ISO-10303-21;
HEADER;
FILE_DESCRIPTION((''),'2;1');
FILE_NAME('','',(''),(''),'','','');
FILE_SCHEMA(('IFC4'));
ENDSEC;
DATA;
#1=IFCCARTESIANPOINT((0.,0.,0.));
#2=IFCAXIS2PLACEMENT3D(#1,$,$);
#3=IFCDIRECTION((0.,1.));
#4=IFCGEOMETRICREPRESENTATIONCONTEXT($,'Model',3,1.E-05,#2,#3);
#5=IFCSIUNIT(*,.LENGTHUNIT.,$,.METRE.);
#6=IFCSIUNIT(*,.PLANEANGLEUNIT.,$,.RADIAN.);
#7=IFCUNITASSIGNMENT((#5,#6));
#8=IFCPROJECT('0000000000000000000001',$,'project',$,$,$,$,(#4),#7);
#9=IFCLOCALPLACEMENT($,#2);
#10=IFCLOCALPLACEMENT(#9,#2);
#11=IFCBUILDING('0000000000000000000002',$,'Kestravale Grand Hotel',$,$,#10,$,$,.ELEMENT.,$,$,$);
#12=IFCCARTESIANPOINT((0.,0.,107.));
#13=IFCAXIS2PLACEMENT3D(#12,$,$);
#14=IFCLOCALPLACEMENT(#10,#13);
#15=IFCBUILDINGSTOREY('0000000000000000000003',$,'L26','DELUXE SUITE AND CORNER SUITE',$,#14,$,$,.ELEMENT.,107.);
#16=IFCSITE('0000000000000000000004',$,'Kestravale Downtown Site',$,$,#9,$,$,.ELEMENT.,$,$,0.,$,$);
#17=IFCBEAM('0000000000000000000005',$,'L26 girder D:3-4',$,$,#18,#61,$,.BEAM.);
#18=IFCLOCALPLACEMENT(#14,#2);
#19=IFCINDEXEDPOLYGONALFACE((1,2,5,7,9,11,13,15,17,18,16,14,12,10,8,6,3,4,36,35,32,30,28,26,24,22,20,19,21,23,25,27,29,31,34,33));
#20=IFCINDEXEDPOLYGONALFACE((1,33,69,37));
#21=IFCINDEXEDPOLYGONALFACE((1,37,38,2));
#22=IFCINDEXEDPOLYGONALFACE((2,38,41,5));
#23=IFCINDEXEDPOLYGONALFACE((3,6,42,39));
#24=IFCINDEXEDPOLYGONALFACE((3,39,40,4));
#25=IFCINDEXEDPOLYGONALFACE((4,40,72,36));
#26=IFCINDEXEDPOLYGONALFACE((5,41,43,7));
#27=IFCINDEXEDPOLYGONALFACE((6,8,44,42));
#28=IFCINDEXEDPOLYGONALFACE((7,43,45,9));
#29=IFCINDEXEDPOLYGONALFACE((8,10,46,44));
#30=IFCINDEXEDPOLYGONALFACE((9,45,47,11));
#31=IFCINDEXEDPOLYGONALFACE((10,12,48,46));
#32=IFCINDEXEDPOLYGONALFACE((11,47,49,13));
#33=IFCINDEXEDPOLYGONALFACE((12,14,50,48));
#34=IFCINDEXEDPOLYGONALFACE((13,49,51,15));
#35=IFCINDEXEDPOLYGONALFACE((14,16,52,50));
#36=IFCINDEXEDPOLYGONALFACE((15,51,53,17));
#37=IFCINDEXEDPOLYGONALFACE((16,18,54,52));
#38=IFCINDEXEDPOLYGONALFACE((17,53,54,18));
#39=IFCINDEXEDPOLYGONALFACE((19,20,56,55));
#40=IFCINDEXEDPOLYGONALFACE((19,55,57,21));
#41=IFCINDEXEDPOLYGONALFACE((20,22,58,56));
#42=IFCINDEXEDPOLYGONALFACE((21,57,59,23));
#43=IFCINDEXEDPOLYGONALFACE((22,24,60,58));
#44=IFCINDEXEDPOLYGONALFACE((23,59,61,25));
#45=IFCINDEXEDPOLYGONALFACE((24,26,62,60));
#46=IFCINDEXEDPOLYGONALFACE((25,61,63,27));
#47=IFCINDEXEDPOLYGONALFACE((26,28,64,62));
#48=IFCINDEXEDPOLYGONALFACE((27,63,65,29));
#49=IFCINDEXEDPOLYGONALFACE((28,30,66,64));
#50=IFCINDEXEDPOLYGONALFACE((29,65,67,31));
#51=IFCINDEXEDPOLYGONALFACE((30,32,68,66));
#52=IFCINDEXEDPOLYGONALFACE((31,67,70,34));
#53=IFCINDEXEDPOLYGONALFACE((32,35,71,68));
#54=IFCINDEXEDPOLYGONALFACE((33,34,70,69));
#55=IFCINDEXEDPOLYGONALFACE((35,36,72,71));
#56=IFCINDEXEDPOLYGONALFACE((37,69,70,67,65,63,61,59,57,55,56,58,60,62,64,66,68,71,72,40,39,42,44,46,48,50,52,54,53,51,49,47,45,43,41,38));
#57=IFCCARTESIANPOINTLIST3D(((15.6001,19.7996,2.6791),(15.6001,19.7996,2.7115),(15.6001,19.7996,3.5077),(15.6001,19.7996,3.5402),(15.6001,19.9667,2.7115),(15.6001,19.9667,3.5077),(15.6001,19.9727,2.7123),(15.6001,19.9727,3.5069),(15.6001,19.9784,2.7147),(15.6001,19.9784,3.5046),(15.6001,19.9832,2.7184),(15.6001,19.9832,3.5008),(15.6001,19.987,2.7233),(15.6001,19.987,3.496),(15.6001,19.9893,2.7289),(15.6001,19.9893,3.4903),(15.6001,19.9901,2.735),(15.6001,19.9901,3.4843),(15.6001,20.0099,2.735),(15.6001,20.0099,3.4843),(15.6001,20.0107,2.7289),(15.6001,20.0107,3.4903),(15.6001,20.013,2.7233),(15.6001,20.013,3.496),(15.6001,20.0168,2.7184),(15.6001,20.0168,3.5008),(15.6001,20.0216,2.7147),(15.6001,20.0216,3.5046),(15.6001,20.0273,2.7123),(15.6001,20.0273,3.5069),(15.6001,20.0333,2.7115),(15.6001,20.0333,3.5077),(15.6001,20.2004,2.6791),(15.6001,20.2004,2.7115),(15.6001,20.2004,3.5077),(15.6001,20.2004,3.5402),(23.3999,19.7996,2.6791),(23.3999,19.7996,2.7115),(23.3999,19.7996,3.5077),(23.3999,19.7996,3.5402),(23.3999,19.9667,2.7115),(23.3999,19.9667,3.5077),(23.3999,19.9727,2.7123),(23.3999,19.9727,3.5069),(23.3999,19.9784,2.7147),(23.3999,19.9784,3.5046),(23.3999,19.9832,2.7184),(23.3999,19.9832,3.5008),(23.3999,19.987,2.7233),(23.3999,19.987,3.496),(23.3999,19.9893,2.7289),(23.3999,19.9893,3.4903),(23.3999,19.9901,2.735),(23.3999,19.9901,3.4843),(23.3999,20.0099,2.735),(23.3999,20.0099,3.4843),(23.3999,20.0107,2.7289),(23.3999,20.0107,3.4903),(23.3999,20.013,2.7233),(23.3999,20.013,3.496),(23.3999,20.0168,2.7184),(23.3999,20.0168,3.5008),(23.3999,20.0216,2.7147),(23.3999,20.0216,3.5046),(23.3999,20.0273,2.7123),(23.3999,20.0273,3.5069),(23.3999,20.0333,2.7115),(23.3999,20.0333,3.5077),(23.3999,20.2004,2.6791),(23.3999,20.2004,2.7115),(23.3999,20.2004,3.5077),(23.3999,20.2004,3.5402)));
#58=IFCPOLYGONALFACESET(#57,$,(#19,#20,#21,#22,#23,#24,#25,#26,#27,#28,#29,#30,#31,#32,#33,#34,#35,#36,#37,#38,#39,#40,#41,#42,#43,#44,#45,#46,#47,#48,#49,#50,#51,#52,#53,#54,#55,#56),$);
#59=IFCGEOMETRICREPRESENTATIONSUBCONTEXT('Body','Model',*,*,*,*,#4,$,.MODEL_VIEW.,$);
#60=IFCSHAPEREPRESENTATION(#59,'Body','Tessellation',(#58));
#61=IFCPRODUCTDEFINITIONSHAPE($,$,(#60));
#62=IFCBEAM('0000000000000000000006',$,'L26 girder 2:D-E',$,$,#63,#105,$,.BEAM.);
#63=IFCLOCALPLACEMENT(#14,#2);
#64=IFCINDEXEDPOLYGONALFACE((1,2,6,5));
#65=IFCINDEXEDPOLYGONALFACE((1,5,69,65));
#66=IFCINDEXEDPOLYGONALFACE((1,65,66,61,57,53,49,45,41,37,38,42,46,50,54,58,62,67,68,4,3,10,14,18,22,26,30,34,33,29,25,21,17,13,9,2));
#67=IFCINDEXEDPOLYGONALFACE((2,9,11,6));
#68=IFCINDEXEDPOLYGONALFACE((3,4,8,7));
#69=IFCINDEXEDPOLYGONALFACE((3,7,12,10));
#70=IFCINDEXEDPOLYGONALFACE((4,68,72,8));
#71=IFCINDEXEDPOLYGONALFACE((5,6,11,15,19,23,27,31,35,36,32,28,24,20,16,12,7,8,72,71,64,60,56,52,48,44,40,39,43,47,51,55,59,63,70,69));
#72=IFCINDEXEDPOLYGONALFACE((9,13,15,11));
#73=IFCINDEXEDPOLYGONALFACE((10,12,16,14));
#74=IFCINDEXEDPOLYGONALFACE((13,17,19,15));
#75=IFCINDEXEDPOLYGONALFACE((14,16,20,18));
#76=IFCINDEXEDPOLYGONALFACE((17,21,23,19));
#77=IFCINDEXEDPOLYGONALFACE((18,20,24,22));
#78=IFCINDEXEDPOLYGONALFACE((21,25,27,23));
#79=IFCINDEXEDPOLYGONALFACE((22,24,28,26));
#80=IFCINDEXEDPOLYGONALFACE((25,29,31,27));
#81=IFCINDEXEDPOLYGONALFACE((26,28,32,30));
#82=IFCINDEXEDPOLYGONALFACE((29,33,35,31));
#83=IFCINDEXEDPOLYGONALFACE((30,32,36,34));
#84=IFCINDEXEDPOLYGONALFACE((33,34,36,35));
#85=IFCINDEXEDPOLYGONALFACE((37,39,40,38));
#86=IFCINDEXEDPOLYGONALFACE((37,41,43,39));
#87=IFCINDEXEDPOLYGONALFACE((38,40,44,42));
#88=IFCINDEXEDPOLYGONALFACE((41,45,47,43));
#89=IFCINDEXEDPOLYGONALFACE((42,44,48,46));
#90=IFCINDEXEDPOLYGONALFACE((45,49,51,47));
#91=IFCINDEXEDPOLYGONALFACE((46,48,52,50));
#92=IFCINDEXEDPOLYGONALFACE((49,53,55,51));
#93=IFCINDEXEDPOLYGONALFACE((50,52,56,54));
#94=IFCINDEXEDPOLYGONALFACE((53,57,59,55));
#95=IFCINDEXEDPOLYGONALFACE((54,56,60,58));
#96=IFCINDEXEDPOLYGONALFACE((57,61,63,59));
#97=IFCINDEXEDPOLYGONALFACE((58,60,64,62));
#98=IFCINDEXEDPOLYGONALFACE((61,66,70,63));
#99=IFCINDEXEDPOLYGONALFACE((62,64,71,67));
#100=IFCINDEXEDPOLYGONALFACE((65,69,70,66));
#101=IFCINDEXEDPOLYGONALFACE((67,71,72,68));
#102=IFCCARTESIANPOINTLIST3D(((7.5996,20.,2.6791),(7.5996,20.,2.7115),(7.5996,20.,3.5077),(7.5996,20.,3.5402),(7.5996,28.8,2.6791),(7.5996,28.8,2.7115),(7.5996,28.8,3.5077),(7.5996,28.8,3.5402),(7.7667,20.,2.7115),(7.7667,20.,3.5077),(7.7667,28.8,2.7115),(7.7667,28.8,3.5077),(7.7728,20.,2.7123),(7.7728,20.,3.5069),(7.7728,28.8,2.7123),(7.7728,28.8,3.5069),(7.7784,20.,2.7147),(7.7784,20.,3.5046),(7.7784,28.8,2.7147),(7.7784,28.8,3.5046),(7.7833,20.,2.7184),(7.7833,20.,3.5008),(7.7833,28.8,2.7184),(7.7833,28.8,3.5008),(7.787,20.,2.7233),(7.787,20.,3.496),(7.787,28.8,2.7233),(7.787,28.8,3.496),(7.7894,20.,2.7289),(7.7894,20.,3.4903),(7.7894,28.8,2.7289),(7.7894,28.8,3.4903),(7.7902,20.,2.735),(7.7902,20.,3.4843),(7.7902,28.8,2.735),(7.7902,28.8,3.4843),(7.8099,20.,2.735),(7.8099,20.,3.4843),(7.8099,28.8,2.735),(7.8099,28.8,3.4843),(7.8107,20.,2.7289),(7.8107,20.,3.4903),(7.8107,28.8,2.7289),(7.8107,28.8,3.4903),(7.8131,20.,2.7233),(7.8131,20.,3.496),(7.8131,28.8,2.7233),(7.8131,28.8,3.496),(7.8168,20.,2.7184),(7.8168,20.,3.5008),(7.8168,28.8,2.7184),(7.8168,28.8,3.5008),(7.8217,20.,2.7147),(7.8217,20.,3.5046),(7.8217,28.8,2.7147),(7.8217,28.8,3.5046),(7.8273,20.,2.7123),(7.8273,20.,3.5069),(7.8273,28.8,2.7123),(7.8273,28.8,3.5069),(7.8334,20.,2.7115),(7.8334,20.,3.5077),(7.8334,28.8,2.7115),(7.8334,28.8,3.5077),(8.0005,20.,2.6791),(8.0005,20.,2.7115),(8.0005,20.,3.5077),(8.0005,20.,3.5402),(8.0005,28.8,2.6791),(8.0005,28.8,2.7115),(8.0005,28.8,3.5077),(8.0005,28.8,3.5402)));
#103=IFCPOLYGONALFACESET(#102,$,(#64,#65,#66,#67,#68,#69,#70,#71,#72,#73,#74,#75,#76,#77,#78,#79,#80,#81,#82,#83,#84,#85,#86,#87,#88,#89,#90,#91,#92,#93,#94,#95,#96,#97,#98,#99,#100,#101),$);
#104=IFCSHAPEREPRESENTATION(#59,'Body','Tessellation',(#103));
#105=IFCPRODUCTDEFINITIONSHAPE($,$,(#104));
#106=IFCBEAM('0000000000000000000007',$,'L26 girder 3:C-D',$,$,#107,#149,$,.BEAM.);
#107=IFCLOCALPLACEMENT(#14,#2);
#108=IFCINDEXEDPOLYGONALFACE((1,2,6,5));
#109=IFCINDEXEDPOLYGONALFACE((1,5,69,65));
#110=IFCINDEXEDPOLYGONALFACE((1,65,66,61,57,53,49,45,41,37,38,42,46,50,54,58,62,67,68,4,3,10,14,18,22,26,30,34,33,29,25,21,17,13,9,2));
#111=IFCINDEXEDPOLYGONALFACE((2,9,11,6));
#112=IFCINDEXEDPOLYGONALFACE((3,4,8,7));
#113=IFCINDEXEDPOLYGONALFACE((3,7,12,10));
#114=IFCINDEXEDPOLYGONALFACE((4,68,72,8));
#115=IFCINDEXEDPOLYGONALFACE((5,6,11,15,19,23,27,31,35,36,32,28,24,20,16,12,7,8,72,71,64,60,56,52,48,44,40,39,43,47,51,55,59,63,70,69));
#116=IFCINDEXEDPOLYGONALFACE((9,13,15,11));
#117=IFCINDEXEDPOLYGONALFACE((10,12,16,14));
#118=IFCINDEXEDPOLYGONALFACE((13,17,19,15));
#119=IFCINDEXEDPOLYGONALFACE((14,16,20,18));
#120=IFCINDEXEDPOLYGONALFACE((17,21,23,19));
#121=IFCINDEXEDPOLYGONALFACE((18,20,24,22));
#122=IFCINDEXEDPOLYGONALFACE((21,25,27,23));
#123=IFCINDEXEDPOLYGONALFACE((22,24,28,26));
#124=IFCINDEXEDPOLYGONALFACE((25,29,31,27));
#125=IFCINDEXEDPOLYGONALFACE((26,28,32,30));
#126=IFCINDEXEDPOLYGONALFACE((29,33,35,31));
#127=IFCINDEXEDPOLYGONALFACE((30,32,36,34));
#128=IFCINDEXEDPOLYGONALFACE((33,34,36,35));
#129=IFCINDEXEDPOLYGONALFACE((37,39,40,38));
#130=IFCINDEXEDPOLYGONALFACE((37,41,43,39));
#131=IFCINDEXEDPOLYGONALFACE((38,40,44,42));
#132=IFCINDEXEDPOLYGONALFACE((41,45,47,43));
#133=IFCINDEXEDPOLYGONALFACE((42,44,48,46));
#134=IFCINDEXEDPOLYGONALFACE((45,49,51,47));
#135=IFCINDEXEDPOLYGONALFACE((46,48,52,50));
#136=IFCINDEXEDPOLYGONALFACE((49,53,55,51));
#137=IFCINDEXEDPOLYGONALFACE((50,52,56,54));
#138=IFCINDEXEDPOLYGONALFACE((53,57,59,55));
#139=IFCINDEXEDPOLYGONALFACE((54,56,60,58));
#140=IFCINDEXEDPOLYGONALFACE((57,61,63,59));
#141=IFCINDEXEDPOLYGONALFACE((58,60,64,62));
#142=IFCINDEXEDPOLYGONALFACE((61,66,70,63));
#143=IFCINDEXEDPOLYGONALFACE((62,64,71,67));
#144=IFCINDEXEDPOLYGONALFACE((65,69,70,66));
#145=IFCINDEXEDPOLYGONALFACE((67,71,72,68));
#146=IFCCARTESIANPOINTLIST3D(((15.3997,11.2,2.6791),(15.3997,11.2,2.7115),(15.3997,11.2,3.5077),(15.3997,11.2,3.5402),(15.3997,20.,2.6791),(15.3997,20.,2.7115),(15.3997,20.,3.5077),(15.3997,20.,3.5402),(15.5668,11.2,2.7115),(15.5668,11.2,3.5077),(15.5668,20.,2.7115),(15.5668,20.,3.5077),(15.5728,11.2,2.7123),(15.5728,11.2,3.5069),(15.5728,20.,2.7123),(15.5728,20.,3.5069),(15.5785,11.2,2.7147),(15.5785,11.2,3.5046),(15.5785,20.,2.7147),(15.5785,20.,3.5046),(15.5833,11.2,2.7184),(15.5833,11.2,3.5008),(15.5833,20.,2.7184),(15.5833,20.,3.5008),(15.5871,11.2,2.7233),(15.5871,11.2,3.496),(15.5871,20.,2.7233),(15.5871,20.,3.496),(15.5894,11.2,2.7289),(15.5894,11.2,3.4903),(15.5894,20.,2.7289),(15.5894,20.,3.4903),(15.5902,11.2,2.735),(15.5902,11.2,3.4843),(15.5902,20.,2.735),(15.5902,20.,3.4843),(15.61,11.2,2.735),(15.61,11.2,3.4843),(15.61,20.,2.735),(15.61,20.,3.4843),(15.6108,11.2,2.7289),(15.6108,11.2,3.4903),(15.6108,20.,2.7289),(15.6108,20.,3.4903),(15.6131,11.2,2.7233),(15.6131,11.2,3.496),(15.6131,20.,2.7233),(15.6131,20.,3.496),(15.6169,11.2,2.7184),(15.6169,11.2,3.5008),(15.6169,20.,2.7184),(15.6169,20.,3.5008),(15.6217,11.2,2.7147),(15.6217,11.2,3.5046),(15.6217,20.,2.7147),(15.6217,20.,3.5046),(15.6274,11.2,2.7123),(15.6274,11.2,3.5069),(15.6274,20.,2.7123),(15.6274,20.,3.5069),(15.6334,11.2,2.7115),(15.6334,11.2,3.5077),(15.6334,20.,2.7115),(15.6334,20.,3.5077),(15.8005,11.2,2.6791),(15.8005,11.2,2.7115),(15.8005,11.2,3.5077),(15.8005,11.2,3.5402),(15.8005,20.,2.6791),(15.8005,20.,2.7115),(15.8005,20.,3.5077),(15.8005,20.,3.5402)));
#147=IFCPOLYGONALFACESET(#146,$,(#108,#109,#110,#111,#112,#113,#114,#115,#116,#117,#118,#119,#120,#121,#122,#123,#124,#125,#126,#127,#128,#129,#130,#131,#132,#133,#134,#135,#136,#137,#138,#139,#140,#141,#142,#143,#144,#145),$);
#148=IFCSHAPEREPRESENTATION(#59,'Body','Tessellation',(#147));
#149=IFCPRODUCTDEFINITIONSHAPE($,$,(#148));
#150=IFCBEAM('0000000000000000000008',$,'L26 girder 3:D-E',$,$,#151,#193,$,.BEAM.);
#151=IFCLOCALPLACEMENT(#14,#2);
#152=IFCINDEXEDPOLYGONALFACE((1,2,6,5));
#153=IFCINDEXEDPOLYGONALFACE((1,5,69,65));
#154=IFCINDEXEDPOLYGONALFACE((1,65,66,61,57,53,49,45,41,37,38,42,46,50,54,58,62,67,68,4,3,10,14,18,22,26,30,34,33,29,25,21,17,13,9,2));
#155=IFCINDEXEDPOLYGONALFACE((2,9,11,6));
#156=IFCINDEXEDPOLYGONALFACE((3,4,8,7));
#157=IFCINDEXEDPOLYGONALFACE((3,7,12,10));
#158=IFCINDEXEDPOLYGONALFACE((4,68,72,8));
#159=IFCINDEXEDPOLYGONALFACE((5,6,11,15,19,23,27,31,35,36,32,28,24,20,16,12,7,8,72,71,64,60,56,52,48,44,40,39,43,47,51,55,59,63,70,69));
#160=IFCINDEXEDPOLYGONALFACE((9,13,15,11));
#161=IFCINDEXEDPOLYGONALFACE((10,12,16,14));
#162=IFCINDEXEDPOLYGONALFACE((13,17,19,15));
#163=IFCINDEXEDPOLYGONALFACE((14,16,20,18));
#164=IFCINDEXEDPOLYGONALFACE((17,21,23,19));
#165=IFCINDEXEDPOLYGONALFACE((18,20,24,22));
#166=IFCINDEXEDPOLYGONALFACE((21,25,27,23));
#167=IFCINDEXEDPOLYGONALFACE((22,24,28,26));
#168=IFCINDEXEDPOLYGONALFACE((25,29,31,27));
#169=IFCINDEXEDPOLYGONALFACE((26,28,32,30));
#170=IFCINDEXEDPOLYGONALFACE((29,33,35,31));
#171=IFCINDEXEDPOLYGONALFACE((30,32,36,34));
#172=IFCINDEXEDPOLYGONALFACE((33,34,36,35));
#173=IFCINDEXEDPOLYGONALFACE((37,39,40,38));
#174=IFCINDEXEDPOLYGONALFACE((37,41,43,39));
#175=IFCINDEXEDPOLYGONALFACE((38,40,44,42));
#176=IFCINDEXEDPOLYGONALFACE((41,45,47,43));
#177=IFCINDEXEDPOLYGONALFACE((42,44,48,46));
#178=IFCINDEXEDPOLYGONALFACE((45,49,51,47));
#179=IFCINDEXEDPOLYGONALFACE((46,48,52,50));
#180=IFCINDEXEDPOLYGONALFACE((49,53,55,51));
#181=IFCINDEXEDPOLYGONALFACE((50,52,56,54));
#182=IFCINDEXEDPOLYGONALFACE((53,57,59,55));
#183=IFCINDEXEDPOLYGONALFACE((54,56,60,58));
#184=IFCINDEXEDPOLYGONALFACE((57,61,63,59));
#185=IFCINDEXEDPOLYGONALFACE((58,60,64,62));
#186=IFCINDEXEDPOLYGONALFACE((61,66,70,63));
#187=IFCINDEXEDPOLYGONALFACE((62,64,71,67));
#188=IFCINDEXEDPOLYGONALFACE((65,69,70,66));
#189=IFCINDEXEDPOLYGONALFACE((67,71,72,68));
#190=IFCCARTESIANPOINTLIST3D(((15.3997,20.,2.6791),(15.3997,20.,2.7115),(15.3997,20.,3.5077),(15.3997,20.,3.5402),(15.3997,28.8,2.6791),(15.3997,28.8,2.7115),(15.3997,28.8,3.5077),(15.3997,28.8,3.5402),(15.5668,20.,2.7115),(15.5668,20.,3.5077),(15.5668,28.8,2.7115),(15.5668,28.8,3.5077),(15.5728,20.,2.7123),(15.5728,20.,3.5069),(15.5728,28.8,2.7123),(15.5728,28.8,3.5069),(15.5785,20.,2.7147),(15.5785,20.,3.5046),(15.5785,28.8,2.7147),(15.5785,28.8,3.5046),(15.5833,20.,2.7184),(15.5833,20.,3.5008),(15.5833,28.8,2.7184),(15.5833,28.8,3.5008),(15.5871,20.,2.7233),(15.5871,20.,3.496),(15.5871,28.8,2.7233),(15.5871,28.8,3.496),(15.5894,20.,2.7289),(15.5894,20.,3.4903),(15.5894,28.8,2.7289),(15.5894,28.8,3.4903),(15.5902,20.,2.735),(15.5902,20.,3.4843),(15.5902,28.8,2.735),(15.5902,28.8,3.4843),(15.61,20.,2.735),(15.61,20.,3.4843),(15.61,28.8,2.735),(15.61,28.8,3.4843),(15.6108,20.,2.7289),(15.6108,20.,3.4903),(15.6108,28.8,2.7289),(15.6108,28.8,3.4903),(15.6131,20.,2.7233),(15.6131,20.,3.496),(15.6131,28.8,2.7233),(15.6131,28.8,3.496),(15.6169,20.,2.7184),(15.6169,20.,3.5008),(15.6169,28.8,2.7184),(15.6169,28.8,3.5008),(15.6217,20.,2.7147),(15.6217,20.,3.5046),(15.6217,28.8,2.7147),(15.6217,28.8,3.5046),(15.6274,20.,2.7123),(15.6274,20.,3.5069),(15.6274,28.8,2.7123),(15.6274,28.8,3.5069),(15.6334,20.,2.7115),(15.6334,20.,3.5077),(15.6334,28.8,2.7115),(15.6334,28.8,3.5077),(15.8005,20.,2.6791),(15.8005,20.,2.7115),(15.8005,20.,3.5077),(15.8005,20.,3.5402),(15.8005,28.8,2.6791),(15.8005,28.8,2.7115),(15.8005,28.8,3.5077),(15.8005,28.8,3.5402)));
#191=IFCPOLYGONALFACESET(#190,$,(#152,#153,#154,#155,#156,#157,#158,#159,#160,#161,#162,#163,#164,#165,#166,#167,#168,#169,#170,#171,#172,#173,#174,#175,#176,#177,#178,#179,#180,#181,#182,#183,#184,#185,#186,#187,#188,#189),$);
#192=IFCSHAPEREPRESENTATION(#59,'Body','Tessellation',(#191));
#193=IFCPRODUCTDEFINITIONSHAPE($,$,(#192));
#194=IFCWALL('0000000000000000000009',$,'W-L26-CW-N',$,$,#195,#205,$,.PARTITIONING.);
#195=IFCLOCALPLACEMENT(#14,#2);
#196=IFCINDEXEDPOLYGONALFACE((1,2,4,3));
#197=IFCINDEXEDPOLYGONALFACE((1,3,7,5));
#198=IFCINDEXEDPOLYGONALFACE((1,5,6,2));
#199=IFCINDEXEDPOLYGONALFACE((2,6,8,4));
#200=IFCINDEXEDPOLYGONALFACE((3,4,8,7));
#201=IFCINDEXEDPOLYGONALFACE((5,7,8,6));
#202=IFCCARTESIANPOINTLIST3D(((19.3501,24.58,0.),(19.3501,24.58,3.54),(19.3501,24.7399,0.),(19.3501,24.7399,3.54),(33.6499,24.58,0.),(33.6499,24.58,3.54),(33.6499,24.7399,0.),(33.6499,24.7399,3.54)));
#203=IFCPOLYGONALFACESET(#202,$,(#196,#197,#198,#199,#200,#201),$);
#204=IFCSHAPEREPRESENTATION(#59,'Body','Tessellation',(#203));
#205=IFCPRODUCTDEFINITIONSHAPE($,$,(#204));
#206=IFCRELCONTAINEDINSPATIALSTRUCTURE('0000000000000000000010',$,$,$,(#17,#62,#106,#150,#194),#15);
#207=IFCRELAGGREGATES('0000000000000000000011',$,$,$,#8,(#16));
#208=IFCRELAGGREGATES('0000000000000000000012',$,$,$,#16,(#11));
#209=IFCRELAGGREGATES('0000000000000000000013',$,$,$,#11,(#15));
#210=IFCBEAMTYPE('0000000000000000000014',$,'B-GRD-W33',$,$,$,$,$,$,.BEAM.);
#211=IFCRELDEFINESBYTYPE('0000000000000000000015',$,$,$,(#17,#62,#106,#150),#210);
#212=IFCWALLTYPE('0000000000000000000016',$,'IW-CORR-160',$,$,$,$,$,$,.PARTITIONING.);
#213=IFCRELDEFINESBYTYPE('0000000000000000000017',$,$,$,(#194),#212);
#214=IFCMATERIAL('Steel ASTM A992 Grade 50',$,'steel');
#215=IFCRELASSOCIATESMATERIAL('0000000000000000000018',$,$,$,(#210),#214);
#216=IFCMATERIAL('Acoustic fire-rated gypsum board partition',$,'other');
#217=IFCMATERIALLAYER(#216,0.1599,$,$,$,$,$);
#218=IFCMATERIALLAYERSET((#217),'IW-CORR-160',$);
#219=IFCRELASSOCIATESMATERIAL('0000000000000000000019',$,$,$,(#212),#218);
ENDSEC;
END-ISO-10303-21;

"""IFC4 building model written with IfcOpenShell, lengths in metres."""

from ifc_helpers import new_model, si_unit, direction, frame, frame_2d, origin, origin_2d, place, context, subcontext, project, spatial, rectangle, i_section, extrude, material, layer, layer_set, material_profile, profile_set, type_object, element, save


model = new_model("IFC4")

# Units and contexts
model_context = context("Model", 3, precision=1e-05, world=origin(), true_north=direction((0.0, 1.0)))
body_context = subcontext(model_context, "Body", "Model", "MODEL_VIEW")
ifc_project = project(units=[si_unit("LENGTHUNIT", "METRE"), si_unit("PLANEANGLEUNIT", "RADIAN")], contexts=[model_context])

# Site, building, storey
site_placement = place(None, origin())
site = spatial("IfcSite", under=ifc_project, at=site_placement, Name="Kestravale Downtown Site", CompositionType="ELEMENT", RefElevation=0.0)
building_placement = place(site_placement, origin())
building = spatial("IfcBuilding", under=site, at=building_placement, Name="Kestravale Grand Hotel", CompositionType="ELEMENT")
storey_placement = place(building_placement, frame((0.0, 0.0, 107.0)))
storey = spatial("IfcBuildingStorey", under=building, at=storey_placement, Name="L26", Description="DELUXE SUITE AND CORNER SUITE", CompositionType="ELEMENT", Elevation=107.0)

# Beams
ifc_material_1 = material(Name="Steel ASTM A992 Grade 50", Category="steel")
ifc_material_profile_1 = material_profile(ifc_material_1, i_section(OverallWidth=0.4009, OverallDepth=0.8611, WebThickness=0.0198, FlangeThickness=0.0325, FilletRadius=0.0234, at=origin_2d()))
ifc_profile_set_1 = profile_set([ifc_material_profile_1], Name="Steel ASTM A992 Grade 50")
beam_type_1 = type_object("IfcBeamType", Name="B-GRD-W33", PredefinedType="BEAM", material=ifc_profile_set_1)
beam_1_placement = place(storey_placement, frame((15.6001, 20.0, 3.1096), z_axis=(1.0, 0.0, 0.0), x_axis=(0.0, 1.0, 0.0)))
element("IfcBeam", 1, at=beam_1_placement, inside=storey, type_object=beam_type_1, Name="L26 girder D:3-4", PredefinedType="BEAM", context=body_context, shape_type="SweptSolid", body=[
    extrude(i_section(OverallWidth=0.4009, OverallDepth=0.8611, WebThickness=0.0198, FlangeThickness=0.0325, FilletRadius=0.0234, at=origin_2d()), origin(), (0.0, 0.0, 1.0), 7.7998),
])
for number, where, z_axis, x_axis, name in (
    (2, (7.8, 20.0, 3.1096), (0.0, 1.0, 0.0), (-1.0, 0.0, 0.0), "L26 girder 2:D-E"),
    (3, (15.6001, 11.2, 3.1096), (0.0, 1.0, 0.0), (-1.0, 0.0, 0.0), "L26 girder 3:C-D"),
    (4, (15.6001, 20.0, 3.1096), (0.0, 1.0, 0.0), (-1.0, 0.0, 0.0), "L26 girder 3:D-E"),
):
    element("IfcBeam", number, at=place(storey_placement, frame(where, z_axis=z_axis, x_axis=x_axis)), inside=storey, type_object=beam_type_1, Name=name, PredefinedType="BEAM", context=body_context, shape_type="SweptSolid", body=[
        extrude(i_section(OverallWidth=0.4009, OverallDepth=0.8611, WebThickness=0.0198, FlangeThickness=0.0325, FilletRadius=0.0234, at=origin_2d()), origin(), (0.0, 0.0, 1.0), 8.8),
    ])

# Wall
ifc_material_2 = material(Name="Acoustic fire-rated gypsum board partition", Category="other")
ifc_layer_1 = layer(ifc_material_2, 0.1599)
ifc_layer_set_1 = layer_set([ifc_layer_1], Name="IW-CORR-160")
wall_type_1 = type_object("IfcWallType", Name="IW-CORR-160", PredefinedType="PARTITIONING", material=ifc_layer_set_1)
wall_1_placement = place(storey_placement, frame((19.3501, 24.6599, 0.0), z_axis=(0.0, 0.0, 1.0), x_axis=(1.0, 0.0, 0.0)))
element("IfcWall", 5, at=wall_1_placement, inside=storey, type_object=wall_type_1, Name="W-L26-CW-N", PredefinedType="PARTITIONING", context=body_context, shape_type="SweptSolid", body=[
    extrude(rectangle(XDim=14.2998, YDim=0.1599, at=frame_2d((7.1499, 0.0))), origin(), (0.0, 0.0, 1.0), 3.54),
])

save(model, "model.ifc")
